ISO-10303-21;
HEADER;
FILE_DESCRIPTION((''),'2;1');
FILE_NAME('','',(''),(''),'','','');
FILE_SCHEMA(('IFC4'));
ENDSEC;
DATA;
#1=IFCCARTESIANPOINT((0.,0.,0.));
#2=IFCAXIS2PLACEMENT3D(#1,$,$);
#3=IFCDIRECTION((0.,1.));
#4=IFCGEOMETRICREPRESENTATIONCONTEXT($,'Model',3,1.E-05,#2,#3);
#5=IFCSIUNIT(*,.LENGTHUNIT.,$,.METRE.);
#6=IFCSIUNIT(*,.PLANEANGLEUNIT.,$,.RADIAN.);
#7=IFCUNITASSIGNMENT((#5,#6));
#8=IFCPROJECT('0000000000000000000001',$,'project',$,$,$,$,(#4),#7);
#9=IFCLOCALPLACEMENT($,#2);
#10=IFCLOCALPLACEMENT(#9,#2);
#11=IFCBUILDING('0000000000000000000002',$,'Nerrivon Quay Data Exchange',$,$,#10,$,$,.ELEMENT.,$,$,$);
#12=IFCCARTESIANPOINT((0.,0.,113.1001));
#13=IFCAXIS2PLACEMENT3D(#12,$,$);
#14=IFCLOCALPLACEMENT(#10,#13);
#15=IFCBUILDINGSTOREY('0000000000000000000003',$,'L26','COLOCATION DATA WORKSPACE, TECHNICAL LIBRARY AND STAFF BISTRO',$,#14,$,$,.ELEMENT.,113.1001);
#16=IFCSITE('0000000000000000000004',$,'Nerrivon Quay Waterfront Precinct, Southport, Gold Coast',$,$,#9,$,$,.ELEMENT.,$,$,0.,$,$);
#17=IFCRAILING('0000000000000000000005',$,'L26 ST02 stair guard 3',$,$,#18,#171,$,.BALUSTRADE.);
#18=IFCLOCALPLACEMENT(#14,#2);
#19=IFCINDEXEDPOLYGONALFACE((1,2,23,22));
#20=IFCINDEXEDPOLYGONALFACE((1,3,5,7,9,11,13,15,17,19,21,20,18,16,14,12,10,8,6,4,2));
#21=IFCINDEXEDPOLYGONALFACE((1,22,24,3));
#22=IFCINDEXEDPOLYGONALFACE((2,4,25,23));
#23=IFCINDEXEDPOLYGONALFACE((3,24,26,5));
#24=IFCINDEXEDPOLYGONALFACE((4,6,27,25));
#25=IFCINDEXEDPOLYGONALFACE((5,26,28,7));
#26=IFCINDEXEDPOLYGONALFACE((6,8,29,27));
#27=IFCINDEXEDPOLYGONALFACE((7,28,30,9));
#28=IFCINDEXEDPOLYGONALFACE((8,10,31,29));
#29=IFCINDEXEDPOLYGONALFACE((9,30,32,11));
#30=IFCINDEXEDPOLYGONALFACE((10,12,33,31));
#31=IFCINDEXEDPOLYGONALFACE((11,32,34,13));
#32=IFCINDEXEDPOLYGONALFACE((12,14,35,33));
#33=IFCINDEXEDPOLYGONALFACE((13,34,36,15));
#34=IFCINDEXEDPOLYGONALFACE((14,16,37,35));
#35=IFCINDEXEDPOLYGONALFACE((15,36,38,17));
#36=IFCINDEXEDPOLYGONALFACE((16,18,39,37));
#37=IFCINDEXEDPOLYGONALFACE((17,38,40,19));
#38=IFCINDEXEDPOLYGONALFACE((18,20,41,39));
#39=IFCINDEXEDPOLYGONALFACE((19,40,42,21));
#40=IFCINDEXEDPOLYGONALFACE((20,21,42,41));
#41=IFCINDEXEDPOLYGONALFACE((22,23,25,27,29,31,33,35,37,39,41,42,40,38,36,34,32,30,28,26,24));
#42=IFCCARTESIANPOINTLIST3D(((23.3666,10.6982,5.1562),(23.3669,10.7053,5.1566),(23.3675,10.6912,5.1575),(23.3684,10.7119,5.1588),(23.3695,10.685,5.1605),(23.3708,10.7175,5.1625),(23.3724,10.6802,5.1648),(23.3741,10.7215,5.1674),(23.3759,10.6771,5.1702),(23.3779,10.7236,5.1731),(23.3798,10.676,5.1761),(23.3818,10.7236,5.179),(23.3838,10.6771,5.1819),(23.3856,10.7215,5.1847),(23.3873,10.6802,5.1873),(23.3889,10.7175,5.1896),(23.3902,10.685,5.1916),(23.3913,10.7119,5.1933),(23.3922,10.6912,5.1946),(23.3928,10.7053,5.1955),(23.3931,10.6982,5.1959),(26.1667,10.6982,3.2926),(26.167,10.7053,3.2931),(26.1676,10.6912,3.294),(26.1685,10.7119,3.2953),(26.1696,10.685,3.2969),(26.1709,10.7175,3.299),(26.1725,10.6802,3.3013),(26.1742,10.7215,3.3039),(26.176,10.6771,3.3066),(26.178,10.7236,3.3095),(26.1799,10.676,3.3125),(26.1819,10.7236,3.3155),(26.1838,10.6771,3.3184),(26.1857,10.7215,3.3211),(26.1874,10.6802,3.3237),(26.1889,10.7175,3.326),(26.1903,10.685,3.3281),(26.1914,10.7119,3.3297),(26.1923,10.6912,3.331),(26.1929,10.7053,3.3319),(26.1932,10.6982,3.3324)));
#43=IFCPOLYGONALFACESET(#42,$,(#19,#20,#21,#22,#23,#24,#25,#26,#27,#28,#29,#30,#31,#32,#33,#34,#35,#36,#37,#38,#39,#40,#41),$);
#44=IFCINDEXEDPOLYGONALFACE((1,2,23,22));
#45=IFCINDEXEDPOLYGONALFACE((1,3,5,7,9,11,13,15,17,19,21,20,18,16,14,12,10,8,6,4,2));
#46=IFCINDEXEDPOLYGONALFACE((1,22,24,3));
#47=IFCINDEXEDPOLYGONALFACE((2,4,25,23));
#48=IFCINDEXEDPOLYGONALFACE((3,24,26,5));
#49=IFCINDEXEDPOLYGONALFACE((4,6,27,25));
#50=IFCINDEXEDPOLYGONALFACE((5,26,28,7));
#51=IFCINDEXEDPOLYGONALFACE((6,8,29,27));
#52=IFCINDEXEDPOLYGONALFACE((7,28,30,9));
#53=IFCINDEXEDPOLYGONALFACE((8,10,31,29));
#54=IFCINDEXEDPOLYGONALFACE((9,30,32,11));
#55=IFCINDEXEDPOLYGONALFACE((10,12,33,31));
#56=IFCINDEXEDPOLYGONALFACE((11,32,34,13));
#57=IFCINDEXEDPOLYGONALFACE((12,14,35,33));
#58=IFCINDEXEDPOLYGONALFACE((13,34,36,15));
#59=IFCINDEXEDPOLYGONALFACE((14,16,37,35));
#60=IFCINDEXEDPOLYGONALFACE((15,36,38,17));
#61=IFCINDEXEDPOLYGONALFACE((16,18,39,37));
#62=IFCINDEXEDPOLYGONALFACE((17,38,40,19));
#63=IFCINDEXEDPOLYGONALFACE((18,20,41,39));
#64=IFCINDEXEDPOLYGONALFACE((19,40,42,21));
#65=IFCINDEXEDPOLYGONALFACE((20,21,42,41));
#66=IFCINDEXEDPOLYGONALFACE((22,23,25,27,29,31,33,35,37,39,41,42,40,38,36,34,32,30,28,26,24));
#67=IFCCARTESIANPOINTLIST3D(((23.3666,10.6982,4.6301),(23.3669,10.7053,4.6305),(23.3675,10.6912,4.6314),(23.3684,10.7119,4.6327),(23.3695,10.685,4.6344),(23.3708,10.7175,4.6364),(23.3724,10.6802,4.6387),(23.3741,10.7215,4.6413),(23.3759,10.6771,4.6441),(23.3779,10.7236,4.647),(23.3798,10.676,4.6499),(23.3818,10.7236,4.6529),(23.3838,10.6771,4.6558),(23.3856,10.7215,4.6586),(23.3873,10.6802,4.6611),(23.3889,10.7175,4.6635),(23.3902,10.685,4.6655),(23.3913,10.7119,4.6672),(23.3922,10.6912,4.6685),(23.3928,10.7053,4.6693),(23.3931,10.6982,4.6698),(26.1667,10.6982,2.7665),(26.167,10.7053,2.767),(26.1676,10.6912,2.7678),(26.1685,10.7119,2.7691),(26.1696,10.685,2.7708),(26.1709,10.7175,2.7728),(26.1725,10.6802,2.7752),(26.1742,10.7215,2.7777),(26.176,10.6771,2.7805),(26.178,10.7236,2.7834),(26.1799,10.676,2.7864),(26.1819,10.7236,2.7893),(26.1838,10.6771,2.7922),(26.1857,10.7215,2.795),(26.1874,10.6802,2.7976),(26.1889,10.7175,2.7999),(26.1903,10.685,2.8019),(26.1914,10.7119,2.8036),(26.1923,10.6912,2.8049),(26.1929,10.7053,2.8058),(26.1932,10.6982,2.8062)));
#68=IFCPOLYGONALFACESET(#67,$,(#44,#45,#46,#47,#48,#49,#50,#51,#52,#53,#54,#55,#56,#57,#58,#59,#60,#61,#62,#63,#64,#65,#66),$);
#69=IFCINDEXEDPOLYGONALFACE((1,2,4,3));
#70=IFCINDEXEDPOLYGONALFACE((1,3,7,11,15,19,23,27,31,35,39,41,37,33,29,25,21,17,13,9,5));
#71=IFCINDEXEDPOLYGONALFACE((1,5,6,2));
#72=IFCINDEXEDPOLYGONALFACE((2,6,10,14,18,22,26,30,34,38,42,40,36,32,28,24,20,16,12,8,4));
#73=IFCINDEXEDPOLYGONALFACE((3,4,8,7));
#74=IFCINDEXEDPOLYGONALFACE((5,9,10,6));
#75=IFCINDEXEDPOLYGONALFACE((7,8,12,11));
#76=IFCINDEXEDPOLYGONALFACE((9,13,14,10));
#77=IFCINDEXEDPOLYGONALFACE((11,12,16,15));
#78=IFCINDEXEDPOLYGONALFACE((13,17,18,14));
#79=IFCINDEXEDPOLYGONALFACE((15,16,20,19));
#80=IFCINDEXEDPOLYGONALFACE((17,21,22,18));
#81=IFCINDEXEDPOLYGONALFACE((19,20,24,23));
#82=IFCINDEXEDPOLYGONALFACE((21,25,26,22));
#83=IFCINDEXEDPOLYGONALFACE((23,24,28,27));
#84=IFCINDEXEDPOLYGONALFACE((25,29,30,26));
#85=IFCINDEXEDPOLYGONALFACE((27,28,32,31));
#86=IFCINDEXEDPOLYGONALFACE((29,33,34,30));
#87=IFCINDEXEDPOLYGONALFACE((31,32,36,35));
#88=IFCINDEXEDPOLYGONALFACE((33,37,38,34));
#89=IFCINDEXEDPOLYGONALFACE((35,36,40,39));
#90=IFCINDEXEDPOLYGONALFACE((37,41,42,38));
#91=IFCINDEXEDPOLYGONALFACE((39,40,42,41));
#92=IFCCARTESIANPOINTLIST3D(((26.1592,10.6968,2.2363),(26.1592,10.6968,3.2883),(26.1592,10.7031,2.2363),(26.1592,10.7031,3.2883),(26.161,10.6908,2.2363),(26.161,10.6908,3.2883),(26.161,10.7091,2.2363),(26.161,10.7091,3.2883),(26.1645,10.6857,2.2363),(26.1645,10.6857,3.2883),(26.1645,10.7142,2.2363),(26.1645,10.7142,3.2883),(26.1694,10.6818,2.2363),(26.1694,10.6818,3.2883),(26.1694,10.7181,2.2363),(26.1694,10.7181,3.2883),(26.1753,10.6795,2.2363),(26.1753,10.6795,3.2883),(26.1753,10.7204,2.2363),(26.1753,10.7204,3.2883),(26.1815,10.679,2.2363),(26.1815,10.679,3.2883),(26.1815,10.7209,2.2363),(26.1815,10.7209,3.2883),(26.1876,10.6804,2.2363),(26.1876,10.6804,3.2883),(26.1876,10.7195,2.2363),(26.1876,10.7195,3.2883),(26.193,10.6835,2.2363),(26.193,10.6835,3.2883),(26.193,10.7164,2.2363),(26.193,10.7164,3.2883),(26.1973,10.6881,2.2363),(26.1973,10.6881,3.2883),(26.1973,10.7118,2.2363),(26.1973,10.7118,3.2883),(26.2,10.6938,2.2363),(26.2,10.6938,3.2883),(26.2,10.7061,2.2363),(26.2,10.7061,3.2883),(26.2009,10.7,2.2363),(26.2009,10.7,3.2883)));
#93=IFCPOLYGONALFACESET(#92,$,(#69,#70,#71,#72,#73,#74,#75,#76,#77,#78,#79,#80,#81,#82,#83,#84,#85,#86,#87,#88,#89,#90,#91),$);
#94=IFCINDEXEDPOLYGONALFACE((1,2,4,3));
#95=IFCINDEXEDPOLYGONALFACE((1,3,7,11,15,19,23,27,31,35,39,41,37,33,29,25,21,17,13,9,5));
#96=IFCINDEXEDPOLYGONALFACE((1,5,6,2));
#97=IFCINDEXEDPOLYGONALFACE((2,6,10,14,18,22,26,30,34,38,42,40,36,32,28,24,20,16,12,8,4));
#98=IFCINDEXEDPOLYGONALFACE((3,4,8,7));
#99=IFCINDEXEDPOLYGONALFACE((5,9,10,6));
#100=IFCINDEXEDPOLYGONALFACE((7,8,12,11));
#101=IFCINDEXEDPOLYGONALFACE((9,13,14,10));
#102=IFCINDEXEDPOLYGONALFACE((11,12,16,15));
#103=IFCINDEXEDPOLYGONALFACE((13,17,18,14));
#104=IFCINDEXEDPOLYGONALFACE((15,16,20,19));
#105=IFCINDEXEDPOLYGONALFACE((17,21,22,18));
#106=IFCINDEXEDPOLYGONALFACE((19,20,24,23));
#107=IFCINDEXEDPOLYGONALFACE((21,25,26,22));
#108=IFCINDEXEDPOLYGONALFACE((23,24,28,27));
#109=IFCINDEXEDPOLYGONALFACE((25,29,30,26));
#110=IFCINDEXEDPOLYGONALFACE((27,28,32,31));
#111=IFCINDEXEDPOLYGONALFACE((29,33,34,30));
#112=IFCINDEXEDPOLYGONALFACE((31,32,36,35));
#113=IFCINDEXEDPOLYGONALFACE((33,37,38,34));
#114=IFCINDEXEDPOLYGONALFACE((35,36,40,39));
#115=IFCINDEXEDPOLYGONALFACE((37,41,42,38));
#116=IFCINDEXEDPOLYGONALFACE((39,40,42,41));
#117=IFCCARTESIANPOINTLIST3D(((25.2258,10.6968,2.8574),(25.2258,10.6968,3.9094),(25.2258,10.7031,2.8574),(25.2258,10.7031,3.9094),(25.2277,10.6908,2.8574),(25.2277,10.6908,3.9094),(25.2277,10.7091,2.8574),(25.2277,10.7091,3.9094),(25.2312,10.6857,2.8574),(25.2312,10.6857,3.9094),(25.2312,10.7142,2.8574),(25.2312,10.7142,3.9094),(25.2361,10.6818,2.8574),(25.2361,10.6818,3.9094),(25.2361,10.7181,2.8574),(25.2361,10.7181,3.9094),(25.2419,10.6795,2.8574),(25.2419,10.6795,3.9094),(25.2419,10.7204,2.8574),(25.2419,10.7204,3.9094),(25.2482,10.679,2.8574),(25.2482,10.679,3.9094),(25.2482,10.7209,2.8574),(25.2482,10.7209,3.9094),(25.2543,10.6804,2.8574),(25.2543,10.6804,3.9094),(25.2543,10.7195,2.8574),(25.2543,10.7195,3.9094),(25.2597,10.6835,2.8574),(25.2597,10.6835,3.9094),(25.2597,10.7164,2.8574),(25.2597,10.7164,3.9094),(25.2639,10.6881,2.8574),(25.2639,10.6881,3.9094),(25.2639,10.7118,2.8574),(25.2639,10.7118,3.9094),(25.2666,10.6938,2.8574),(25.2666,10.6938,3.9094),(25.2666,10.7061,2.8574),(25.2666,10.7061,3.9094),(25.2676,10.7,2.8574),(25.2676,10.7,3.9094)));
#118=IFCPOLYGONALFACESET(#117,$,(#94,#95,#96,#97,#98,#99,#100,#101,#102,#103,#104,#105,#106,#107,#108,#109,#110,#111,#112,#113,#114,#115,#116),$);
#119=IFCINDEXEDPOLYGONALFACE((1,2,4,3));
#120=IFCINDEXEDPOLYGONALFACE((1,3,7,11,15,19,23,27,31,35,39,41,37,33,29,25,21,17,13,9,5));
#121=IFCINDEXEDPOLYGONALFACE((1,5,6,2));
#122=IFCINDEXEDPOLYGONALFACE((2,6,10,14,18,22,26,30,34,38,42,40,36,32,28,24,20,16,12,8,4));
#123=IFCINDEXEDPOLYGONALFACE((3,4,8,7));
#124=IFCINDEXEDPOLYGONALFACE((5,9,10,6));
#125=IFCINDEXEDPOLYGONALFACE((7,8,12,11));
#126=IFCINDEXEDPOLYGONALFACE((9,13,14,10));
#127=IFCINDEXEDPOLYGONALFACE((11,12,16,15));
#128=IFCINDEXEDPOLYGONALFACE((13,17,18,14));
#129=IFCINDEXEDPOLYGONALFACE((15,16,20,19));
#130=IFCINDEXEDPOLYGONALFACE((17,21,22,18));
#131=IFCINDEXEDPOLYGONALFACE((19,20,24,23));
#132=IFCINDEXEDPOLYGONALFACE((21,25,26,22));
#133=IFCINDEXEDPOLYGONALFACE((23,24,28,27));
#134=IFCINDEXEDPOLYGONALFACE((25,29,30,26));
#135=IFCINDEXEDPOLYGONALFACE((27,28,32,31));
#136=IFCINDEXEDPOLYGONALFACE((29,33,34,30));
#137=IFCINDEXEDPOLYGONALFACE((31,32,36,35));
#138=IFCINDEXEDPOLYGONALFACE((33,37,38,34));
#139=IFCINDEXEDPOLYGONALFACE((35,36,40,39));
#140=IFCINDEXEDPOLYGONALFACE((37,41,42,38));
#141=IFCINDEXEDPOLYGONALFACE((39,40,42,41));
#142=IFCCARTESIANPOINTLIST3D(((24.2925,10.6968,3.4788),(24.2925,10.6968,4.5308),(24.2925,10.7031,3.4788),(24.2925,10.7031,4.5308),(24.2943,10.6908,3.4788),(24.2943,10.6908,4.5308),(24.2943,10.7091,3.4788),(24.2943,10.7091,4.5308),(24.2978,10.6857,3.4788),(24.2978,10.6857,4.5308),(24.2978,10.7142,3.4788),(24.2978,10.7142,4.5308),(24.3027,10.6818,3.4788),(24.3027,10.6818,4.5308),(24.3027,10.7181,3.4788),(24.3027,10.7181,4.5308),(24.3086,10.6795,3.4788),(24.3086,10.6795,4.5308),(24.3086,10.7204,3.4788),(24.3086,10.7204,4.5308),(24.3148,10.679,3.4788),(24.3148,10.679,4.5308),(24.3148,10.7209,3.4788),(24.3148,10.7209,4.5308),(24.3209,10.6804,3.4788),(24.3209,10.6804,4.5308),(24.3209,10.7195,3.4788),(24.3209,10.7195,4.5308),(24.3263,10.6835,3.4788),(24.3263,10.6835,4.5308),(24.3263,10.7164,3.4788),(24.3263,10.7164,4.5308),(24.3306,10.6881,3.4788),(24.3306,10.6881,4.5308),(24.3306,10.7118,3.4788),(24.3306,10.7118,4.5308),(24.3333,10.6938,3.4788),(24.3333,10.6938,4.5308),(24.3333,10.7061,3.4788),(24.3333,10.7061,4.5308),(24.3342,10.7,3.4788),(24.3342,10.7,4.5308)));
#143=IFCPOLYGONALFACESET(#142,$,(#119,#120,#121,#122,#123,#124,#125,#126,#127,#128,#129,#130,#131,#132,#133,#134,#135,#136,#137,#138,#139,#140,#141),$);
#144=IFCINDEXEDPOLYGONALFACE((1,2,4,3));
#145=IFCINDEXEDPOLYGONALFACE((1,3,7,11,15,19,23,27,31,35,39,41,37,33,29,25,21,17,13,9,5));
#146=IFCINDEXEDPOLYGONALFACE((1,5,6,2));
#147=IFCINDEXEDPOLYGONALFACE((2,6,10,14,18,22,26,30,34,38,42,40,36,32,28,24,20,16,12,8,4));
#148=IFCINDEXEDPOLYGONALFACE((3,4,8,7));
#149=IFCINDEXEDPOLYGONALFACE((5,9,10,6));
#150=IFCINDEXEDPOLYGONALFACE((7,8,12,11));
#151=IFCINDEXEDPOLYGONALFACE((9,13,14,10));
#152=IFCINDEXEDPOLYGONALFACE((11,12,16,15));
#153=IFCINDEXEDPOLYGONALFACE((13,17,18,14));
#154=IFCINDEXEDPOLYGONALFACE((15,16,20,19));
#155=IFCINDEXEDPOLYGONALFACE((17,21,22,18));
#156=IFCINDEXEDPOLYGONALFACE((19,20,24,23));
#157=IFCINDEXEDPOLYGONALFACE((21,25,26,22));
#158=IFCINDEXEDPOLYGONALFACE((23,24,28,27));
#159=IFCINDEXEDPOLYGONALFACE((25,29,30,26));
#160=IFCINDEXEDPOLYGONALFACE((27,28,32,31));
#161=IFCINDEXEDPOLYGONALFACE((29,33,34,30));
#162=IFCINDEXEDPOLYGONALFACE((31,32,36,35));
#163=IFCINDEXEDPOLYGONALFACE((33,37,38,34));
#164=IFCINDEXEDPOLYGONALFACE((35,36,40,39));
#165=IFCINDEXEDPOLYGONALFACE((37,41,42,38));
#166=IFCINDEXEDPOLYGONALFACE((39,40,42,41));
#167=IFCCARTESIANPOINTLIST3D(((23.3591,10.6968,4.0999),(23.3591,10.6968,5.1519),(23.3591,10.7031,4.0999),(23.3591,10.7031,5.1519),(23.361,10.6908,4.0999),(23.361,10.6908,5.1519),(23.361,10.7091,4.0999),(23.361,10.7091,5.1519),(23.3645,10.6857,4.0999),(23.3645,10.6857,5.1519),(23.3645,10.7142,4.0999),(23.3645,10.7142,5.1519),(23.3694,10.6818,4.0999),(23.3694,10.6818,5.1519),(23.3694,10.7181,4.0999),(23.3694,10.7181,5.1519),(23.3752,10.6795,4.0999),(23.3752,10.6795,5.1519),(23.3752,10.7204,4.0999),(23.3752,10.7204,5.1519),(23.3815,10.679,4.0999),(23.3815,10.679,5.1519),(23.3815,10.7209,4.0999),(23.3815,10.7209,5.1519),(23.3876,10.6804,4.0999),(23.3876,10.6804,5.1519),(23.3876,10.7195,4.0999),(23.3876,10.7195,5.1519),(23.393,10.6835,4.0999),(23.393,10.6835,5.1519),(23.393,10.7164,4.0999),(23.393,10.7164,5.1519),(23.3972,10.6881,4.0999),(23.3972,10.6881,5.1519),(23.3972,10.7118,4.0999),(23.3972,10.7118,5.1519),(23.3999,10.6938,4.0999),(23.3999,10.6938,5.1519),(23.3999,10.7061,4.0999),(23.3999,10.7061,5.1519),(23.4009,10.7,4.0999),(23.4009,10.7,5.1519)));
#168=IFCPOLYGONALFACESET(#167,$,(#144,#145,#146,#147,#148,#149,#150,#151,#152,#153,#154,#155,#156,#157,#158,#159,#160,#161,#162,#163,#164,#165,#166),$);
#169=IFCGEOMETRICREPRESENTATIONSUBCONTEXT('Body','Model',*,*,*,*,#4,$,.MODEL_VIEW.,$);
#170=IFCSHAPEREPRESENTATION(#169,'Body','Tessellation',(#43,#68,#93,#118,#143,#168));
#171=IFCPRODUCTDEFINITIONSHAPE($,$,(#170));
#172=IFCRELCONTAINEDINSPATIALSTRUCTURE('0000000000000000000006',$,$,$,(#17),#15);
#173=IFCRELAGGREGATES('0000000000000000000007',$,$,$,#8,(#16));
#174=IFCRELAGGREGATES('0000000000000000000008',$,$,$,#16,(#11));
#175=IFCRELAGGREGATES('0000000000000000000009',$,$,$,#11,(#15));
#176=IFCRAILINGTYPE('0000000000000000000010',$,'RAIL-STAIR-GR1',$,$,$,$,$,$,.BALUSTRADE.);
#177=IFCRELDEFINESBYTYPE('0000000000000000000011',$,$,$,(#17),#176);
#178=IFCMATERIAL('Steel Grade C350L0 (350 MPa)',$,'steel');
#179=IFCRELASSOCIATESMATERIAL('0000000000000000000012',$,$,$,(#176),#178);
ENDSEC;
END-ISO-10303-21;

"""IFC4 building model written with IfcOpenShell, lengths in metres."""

from ifc_helpers import new_model, si_unit, direction, frame, origin, origin_2d, place, context, subcontext, project, spatial, circle, extrude, material, type_object, element, save


model = new_model("IFC4")

# Units and contexts
model_context = context("Model", 3, precision=1e-05, world=origin(), true_north=direction((0.0, 1.0)))
body_context = subcontext(model_context, "Body", "Model", "MODEL_VIEW")
ifc_project = project(units=[si_unit("LENGTHUNIT", "METRE"), si_unit("PLANEANGLEUNIT", "RADIAN")], contexts=[model_context])

# Site, building, storey
site_placement = place(None, origin())
site = spatial("IfcSite", under=ifc_project, at=site_placement, Name="Nerrivon Quay Waterfront Precinct, Southport, Gold Coast", CompositionType="ELEMENT", RefElevation=0.0)
building_placement = place(site_placement, origin())
building = spatial("IfcBuilding", under=site, at=building_placement, Name="Nerrivon Quay Data Exchange", CompositionType="ELEMENT")
storey_placement = place(building_placement, frame((0.0, 0.0, 113.1001)))
storey = spatial("IfcBuildingStorey", under=building, at=storey_placement, Name="L26", Description="COLOCATION DATA WORKSPACE, TECHNICAL LIBRARY AND STAFF BISTRO", CompositionType="ELEMENT", Elevation=113.1001)

# Railing
ifc_material_1 = material(Name="Steel Grade C350L0 (350 MPa)", Category="steel")
railing_type_1 = type_object("IfcRailingType", Name="RAIL-STAIR-GR1", PredefinedType="BALUSTRADE", material=ifc_material_1)
railing_1_placement = place(storey_placement, frame((26.1799, 10.7, 2.2363)))
element("IfcRailing", 1, at=railing_1_placement, inside=storey, type_object=railing_type_1, Name="L26 ST02 stair guard 3", PredefinedType="BALUSTRADE", context=body_context, shape_type="SweptSolid", body=[
    extrude(circle(Radius=0.0239, at=origin_2d()), frame((0.0, 0.0, 1.0762), z_axis=(-0.832486, 0.0, 0.554047), x_axis=(0.0, -1.0, 0.0)), (0.0, 0.0, 1.0), 3.3635),
    extrude(circle(Radius=0.0239, at=origin_2d()), frame((0.0, 0.0, 0.55), z_axis=(-0.832486, 0.0, 0.554047), x_axis=(0.0, -1.0, 0.0)), (0.0, 0.0, 1.0), 3.3635),
    extrude(circle(Radius=0.021, at=origin_2d()), origin(), (0.0, 0.0, 1.0), 1.052),
    extrude(circle(Radius=0.021, at=origin_2d()), frame((-0.9333, 0.0, 0.6211)), (0.0, 0.0, 1.0), 1.052),
    extrude(circle(Radius=0.021, at=origin_2d()), frame((-1.8667, 0.0, 1.2424)), (0.0, 0.0, 1.0), 1.052),
    extrude(circle(Radius=0.021, at=origin_2d()), frame((-2.8, 0.0, 1.8635)), (0.0, 0.0, 1.0), 1.052),
])

save(model, "model.ifc")
